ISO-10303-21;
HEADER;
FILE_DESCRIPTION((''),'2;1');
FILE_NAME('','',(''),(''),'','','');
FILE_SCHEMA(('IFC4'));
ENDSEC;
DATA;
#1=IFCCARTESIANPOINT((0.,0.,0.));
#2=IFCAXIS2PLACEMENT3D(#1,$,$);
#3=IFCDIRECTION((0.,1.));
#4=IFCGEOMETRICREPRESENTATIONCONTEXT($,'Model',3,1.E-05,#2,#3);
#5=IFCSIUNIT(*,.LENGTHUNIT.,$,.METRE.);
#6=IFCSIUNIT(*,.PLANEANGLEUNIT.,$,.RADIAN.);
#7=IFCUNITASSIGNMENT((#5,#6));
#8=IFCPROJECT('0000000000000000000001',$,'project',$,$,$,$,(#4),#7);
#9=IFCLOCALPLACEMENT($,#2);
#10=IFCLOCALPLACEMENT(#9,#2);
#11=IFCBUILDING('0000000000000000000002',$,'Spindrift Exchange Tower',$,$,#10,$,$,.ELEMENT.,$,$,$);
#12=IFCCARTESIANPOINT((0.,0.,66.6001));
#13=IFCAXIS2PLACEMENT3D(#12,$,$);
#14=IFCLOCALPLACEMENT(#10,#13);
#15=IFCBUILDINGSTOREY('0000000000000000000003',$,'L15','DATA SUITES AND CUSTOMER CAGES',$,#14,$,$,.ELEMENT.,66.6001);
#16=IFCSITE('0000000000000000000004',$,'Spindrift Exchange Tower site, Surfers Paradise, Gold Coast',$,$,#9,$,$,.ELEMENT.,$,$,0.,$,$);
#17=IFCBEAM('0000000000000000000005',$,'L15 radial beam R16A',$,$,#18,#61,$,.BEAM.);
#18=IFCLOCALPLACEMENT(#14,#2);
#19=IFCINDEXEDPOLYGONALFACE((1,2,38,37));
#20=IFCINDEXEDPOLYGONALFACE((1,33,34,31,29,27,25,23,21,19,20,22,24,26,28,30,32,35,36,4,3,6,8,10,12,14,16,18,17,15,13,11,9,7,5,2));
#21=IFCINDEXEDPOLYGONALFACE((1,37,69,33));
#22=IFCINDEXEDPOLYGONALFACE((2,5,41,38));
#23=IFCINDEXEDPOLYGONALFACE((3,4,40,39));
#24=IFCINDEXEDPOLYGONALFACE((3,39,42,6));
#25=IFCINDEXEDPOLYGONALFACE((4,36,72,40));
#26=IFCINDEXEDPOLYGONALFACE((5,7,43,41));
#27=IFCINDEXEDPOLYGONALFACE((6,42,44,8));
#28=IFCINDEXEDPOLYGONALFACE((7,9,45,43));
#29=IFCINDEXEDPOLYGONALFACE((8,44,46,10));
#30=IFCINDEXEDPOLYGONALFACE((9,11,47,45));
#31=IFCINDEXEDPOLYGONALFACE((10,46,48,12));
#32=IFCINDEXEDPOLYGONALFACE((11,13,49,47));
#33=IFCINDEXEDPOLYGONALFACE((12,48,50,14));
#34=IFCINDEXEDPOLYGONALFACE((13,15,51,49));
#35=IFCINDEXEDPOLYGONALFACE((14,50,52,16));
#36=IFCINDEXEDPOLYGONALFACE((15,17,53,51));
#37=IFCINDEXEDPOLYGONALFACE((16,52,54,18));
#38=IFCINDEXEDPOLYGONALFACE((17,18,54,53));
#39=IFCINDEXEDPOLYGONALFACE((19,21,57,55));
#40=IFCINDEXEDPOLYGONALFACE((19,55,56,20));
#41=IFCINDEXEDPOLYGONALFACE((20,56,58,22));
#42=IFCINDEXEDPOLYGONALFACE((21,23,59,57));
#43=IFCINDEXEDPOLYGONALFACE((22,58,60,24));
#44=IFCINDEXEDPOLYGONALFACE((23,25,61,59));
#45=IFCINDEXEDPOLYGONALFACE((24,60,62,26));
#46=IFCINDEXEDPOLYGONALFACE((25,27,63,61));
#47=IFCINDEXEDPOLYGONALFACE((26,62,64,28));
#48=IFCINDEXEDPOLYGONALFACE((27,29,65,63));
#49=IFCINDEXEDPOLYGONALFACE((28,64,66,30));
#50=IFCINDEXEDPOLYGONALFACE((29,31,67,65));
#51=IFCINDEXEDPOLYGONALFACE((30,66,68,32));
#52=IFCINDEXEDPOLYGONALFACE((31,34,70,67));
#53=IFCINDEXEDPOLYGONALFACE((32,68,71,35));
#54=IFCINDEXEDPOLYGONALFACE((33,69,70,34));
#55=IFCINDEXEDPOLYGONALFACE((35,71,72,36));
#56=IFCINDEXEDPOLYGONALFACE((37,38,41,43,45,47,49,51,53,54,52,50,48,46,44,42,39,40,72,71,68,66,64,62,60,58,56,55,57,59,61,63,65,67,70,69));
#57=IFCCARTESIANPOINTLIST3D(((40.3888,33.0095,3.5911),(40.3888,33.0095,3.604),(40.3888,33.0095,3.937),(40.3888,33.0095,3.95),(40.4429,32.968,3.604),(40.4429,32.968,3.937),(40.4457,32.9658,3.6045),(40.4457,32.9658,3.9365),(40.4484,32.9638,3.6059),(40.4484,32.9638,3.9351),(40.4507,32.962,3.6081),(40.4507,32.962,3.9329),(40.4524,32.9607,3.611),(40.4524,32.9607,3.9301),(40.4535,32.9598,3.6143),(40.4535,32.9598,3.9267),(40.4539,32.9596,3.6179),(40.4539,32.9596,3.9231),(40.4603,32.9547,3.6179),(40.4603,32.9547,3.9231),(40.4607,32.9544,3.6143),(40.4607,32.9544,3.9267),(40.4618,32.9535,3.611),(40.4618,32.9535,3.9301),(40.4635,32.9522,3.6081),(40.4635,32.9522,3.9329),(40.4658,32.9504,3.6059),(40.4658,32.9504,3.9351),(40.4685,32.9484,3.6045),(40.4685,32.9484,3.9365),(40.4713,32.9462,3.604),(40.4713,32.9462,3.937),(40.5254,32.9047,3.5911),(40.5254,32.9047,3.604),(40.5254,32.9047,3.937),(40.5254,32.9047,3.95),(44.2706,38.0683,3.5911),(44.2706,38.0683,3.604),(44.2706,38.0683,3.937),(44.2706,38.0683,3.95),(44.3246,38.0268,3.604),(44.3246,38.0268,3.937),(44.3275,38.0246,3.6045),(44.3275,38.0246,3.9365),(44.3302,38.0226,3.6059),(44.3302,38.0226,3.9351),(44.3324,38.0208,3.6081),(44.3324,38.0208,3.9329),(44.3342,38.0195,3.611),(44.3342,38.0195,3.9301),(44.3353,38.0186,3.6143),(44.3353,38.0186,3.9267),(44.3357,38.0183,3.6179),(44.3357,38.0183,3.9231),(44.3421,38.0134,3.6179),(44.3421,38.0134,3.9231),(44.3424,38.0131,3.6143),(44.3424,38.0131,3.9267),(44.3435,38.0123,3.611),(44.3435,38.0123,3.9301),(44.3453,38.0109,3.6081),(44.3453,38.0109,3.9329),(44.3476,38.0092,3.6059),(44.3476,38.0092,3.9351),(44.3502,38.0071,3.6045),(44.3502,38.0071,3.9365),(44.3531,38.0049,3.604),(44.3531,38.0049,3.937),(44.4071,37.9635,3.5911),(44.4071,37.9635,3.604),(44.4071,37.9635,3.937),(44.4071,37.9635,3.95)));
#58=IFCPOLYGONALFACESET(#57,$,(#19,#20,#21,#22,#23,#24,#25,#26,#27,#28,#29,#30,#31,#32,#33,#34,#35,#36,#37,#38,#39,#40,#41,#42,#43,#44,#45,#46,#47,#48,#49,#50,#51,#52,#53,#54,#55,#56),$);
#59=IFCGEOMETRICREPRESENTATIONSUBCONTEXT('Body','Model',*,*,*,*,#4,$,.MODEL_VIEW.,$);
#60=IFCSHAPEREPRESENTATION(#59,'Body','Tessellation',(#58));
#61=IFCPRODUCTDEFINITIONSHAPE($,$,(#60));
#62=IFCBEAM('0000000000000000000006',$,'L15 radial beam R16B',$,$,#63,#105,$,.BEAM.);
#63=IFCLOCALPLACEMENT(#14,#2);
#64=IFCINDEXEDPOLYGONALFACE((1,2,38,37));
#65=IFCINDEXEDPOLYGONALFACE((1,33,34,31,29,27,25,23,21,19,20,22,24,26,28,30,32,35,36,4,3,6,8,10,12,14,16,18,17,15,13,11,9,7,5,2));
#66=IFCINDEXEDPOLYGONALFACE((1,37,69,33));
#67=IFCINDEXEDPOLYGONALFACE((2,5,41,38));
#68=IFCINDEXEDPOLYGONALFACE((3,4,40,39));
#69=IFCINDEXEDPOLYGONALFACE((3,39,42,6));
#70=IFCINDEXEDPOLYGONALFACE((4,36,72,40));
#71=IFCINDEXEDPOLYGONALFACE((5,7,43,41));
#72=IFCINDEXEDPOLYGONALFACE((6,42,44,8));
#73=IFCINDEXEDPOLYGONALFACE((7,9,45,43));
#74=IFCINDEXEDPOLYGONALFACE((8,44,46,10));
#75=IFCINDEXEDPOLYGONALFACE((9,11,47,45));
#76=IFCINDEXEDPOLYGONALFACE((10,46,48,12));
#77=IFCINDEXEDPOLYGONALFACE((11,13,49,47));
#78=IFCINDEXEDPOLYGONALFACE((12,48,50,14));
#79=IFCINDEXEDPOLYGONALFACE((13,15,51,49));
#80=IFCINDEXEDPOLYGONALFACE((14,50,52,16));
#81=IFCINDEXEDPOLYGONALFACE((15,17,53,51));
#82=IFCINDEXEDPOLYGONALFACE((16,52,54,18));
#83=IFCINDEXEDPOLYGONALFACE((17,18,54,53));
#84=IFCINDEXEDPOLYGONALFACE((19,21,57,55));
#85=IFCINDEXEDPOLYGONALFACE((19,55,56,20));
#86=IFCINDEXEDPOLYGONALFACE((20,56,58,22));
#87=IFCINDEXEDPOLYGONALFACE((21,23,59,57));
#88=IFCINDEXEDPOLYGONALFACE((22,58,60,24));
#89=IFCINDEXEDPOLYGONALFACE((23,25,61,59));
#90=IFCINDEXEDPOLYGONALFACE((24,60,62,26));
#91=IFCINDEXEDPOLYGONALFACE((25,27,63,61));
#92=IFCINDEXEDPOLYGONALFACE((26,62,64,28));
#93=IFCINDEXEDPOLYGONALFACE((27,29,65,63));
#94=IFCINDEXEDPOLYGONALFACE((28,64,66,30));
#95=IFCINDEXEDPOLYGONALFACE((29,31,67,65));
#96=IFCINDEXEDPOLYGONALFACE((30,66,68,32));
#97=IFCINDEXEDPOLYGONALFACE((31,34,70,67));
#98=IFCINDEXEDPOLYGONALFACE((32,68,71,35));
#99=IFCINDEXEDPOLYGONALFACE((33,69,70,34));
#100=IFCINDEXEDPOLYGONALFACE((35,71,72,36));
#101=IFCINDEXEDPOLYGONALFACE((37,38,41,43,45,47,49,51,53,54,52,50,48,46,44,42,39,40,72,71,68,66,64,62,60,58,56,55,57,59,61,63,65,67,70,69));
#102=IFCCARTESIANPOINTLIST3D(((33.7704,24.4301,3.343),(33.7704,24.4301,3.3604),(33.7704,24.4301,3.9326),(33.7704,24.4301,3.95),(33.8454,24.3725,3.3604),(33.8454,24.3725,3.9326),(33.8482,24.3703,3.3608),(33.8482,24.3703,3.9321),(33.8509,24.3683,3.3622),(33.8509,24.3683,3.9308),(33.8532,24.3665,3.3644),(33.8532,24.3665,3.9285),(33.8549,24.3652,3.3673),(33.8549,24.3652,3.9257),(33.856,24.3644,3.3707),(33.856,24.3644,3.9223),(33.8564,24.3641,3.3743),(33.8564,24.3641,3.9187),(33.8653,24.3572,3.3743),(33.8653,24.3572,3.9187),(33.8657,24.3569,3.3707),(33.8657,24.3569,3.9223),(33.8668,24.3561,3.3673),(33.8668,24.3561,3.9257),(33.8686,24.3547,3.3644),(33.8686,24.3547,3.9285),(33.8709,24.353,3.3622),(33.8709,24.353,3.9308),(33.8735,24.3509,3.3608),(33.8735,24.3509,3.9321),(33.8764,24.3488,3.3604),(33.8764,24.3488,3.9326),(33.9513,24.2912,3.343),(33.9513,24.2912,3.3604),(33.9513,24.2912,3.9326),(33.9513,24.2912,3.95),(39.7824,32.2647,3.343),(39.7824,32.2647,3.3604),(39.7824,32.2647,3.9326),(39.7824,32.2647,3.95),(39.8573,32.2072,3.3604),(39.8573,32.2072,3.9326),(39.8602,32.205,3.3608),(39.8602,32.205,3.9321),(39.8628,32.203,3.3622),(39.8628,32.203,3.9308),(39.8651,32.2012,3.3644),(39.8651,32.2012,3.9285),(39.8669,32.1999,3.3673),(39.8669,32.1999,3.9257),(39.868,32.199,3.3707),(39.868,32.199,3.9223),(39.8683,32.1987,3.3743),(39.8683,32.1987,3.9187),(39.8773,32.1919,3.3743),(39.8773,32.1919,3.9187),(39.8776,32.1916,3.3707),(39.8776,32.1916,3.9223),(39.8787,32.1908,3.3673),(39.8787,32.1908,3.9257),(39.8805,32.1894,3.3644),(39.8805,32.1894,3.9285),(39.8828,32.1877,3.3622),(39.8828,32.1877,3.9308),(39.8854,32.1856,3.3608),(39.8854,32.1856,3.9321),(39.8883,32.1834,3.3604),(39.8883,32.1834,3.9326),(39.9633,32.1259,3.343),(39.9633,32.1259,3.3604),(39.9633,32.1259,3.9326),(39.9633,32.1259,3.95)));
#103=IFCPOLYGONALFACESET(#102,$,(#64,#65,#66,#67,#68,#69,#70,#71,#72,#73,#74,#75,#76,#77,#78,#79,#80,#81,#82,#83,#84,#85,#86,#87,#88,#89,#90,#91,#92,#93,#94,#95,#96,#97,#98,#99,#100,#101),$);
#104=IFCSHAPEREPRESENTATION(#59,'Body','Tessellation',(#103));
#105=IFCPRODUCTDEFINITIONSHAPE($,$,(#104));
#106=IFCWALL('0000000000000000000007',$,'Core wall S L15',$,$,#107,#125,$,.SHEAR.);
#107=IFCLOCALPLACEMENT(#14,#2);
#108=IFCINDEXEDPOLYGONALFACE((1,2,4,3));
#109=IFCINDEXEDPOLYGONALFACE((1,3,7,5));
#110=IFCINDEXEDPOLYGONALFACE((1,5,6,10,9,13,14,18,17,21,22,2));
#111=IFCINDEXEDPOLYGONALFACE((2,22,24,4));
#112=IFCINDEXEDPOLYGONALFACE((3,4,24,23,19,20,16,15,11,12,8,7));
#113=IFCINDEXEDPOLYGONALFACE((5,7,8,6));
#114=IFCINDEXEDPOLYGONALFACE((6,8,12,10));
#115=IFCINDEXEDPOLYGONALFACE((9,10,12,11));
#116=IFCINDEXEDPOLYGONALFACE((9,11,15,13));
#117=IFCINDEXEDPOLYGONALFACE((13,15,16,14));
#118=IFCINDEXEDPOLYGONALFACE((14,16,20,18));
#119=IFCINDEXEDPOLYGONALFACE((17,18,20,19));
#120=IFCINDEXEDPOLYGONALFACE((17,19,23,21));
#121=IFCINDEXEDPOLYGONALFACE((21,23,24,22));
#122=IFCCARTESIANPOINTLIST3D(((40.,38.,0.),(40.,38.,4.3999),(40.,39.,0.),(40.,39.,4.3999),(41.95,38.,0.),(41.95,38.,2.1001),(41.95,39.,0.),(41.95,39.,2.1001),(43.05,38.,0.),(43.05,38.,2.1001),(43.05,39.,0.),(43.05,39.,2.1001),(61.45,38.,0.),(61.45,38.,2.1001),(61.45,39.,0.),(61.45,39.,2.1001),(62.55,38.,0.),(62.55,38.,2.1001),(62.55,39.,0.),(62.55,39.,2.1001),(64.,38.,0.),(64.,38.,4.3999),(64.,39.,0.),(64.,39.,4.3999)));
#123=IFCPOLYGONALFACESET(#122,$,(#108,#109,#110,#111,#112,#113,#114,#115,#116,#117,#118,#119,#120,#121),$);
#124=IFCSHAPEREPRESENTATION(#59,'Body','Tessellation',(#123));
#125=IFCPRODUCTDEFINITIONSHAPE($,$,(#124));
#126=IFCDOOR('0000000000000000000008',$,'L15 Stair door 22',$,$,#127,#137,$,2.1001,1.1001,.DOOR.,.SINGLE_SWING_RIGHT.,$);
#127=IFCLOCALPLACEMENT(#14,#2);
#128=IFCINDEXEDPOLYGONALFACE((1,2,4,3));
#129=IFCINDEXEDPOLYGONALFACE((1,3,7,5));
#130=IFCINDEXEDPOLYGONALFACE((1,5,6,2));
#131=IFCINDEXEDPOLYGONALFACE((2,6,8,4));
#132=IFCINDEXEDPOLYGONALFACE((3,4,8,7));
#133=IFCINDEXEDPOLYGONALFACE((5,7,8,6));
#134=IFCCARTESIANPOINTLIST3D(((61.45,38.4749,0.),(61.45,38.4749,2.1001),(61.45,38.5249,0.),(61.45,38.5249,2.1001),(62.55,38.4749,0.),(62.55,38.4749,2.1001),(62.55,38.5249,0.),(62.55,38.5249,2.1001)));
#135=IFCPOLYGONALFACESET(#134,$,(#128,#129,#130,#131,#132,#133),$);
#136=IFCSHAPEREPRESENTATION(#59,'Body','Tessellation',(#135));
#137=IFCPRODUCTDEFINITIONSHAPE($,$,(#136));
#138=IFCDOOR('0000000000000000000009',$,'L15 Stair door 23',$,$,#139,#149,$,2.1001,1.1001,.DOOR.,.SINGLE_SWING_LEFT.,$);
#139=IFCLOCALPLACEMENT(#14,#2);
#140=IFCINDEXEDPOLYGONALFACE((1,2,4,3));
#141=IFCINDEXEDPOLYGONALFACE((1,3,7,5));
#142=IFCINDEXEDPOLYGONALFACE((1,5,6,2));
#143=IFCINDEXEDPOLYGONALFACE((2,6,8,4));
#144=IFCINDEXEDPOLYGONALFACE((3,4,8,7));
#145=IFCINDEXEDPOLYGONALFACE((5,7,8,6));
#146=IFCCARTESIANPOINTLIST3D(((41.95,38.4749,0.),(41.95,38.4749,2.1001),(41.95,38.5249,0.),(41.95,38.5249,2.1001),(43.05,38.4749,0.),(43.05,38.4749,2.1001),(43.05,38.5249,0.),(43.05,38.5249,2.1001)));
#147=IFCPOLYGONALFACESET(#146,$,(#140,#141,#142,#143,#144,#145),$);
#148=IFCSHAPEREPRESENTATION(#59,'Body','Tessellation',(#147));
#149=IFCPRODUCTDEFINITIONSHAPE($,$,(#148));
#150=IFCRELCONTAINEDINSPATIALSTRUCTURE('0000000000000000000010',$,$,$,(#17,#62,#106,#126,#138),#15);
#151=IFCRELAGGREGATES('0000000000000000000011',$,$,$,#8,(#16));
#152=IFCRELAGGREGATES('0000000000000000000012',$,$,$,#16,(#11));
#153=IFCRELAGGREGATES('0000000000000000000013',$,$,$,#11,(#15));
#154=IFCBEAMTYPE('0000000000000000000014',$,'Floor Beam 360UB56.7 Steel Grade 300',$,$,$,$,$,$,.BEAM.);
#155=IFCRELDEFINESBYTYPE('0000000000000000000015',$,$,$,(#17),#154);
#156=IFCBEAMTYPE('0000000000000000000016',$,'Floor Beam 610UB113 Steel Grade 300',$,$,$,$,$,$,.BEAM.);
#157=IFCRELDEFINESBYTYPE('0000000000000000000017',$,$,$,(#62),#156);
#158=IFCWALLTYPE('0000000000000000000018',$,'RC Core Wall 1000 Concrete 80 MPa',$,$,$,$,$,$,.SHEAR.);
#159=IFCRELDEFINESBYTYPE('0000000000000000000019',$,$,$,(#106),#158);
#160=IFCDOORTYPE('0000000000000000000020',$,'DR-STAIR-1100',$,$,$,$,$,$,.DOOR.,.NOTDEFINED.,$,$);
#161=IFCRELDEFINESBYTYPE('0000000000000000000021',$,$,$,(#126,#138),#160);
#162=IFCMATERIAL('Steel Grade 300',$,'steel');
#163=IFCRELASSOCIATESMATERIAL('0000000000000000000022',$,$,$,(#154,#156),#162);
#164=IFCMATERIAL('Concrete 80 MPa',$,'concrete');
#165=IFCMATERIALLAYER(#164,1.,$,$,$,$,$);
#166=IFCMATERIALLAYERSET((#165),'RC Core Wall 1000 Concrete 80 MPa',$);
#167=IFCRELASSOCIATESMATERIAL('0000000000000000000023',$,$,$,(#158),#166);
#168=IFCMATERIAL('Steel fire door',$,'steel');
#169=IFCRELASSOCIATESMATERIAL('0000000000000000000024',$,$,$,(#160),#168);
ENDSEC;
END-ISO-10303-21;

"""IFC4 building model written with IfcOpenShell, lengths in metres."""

from ifc_helpers import new_model, si_unit, direction, frame, frame_2d, origin, origin_2d, place, context, subcontext, project, spatial, rectangle, i_section, extrude, source, transform, mapped, material, layer, layer_set, material_profile, profile_set, type_object, element, fill, save


model = new_model("IFC4")

# Units and contexts
model_context = context("Model", 3, precision=1e-05, world=origin(), true_north=direction((0.0, 1.0)))
body_context = subcontext(model_context, "Body", "Model", "MODEL_VIEW")
ifc_project = project(units=[si_unit("LENGTHUNIT", "METRE"), si_unit("PLANEANGLEUNIT", "RADIAN")], contexts=[model_context])

# Site, building, storey
site_placement = place(None, origin())
site = spatial("IfcSite", under=ifc_project, at=site_placement, Name="Spindrift Exchange Tower site, Surfers Paradise, Gold Coast", CompositionType="ELEMENT", RefElevation=0.0)
building_placement = place(site_placement, origin())
building = spatial("IfcBuilding", under=site, at=building_placement, Name="Spindrift Exchange Tower", CompositionType="ELEMENT")
storey_placement = place(building_placement, frame((0.0, 0.0, 66.6001)))
storey = spatial("IfcBuildingStorey", under=building, at=storey_placement, Name="L15", Description="DATA SUITES AND CUSTOMER CAGES", CompositionType="ELEMENT", Elevation=66.6001)

# Shared definitions
ifc_material_1 = material(Name="Concrete 80 MPa", Category="concrete")

# Beams
ifc_material_2 = material(Name="Steel Grade 300", Category="steel")
ifc_material_profile_1 = material_profile(ifc_material_2, i_section(OverallWidth=0.1721, OverallDepth=0.3589, WebThickness=0.0081, FlangeThickness=0.0129, FilletRadius=0.0139, at=origin_2d()), Name="360UB56.7")
ifc_profile_set_1 = profile_set([ifc_material_profile_1], Name="Steel Grade 300")
beam_type_1 = type_object("IfcBeamType", Name="Floor Beam 360UB56.7 Steel Grade 300", PredefinedType="BEAM", material=ifc_profile_set_1)
shared_shape_1 = source(origin(), body_context, "Body", "SweptSolid", [
    extrude(i_section(OverallWidth=0.1721, OverallDepth=0.3589, WebThickness=0.0081, FlangeThickness=0.0129, FilletRadius=0.0139, at=origin_2d()), origin(), (0.0, 0.0, 1.0), 6.3765),
])
beam_1_placement = place(storey_placement, frame((44.3389, 38.0159, 3.7705), z_axis=(-0.608767, -0.793349, 0.0), x_axis=(0.793349, -0.608767, 0.0)))
element("IfcBeam", 1, at=beam_1_placement, inside=storey, type_object=beam_type_1, Name="L15 radial beam R16A", PredefinedType="BEAM", context=body_context, shape_type="MappedRepresentation", body=[
    mapped(shared_shape_1, transform((0.0, 0.0, 0.0), scale=1.0)),
])
ifc_material_profile_2 = material_profile(ifc_material_2, i_section(OverallWidth=0.228, OverallDepth=0.6069, WebThickness=0.0112, FlangeThickness=0.0173, FilletRadius=0.0139, at=origin_2d()), Name="610UB113")
ifc_profile_set_2 = profile_set([ifc_material_profile_2], Name="Steel Grade 300")
beam_type_2 = type_object("IfcBeamType", Name="Floor Beam 610UB113 Steel Grade 300", PredefinedType="BEAM", material=ifc_profile_set_2)
shared_shape_2 = source(origin(), body_context, "Body", "SweptSolid", [
    extrude(i_section(OverallWidth=0.228, OverallDepth=0.6069, WebThickness=0.0112, FlangeThickness=0.0173, FilletRadius=0.0139, at=origin_2d()), origin(), (0.0, 0.0, 1.0), 9.8755),
])
beam_2_placement = place(storey_placement, frame((39.8728, 32.1953, 3.6465), z_axis=(-0.608772, -0.793345, 0.0), x_axis=(0.793345, -0.608772, 0.0)))
element("IfcBeam", 2, at=beam_2_placement, inside=storey, type_object=beam_type_2, Name="L15 radial beam R16B", PredefinedType="BEAM", context=body_context, shape_type="MappedRepresentation", body=[
    mapped(shared_shape_2, transform((0.0, 0.0, 0.0), scale=1.0)),
])

# Wall, openings, doors
ifc_layer_1 = layer(ifc_material_1, 1.0)
ifc_layer_set_1 = layer_set([ifc_layer_1], Name="RC Core Wall 1000 Concrete 80 MPa")
wall_type_1 = type_object("IfcWallType", Name="RC Core Wall 1000 Concrete 80 MPa", PredefinedType="SHEAR", material=ifc_layer_set_1)
wall_1_placement = place(storey_placement, frame((40.0, 38.5, 0.0), z_axis=(0.0, 0.0, 1.0), x_axis=(1.0, 0.0, 0.0)))
wall_1 = element("IfcWall", 3, at=wall_1_placement, inside=storey, type_object=wall_type_1, Name="Core wall S L15", PredefinedType="SHEAR", context=body_context, shape_type="SweptSolid", body=[
    extrude(rectangle(XDim=24.0, YDim=1.0, at=frame_2d((12.0, 0.0))), origin(), (0.0, 0.0, 1.0), 4.3999),
])
opening_1_placement = place(wall_1_placement, frame((21.45, 0.0, 0.0)))
opening_1 = element("IfcOpeningElement", 4, at=opening_1_placement, cuts=wall_1, PredefinedType="OPENING", context=body_context, shape_type="SweptSolid", body=[
    extrude(rectangle(XDim=1.1001, YDim=2.1001, at=frame_2d((0.55, 1.05))), frame((0.0, 0.51, 0.0), z_axis=(0.0, -1.0, 0.0), x_axis=(1.0, 0.0, 0.0)), (0.0, 0.0, 1.0), 1.02),
])
opening_2_placement = place(wall_1_placement, frame((1.95, 0.0, 0.0)))
opening_2 = element("IfcOpeningElement", 5, at=opening_2_placement, cuts=wall_1, PredefinedType="OPENING", context=body_context, shape_type="SweptSolid", body=[
    extrude(rectangle(XDim=1.1001, YDim=2.1001, at=frame_2d((0.55, 1.05))), frame((0.0, 0.51, 0.0), z_axis=(0.0, -1.0, 0.0), x_axis=(1.0, 0.0, 0.0)), (0.0, 0.0, 1.0), 1.02),
])
ifc_material_3 = material(Name="Steel fire door", Category="steel")
door_type_1 = type_object("IfcDoorType", Name="DR-STAIR-1100", OperationType="NOTDEFINED", PredefinedType="DOOR", material=ifc_material_3)
shared_shape_3 = source(origin(), body_context, "Body", "SweptSolid", [
    extrude(rectangle(XDim=1.1001, YDim=2.1001, at=frame_2d((0.55, 1.05))), frame((0.0, 0.0249, 0.0), z_axis=(0.0, -1.0, 0.0), x_axis=(1.0, 0.0, 0.0)), (0.0, 0.0, 1.0), 0.05),
])
door_1_placement = place(opening_1_placement, origin())
door_1 = element("IfcDoor", 6, at=door_1_placement, inside=storey, type_object=door_type_1, Name="L15 Stair door 22", OperationType="SINGLE_SWING_RIGHT", OverallHeight=2.1001, OverallWidth=1.1001, PredefinedType="DOOR", context=body_context, shape_type="MappedRepresentation", body=[
    mapped(shared_shape_3, transform((0.0, 0.0, 0.0), scale=1.0)),
])
fill(opening_1, door_1)
door_2_placement = place(opening_2_placement, origin())
door_2 = element("IfcDoor", 7, at=door_2_placement, inside=storey, type_object=door_type_1, Name="L15 Stair door 23", OperationType="SINGLE_SWING_LEFT", OverallHeight=2.1001, OverallWidth=1.1001, PredefinedType="DOOR", context=body_context, shape_type="MappedRepresentation", body=[
    mapped(shared_shape_3, transform((0.0, 0.0, 0.0), scale=1.0)),
])
fill(opening_2, door_2)

save(model, "model.ifc")
